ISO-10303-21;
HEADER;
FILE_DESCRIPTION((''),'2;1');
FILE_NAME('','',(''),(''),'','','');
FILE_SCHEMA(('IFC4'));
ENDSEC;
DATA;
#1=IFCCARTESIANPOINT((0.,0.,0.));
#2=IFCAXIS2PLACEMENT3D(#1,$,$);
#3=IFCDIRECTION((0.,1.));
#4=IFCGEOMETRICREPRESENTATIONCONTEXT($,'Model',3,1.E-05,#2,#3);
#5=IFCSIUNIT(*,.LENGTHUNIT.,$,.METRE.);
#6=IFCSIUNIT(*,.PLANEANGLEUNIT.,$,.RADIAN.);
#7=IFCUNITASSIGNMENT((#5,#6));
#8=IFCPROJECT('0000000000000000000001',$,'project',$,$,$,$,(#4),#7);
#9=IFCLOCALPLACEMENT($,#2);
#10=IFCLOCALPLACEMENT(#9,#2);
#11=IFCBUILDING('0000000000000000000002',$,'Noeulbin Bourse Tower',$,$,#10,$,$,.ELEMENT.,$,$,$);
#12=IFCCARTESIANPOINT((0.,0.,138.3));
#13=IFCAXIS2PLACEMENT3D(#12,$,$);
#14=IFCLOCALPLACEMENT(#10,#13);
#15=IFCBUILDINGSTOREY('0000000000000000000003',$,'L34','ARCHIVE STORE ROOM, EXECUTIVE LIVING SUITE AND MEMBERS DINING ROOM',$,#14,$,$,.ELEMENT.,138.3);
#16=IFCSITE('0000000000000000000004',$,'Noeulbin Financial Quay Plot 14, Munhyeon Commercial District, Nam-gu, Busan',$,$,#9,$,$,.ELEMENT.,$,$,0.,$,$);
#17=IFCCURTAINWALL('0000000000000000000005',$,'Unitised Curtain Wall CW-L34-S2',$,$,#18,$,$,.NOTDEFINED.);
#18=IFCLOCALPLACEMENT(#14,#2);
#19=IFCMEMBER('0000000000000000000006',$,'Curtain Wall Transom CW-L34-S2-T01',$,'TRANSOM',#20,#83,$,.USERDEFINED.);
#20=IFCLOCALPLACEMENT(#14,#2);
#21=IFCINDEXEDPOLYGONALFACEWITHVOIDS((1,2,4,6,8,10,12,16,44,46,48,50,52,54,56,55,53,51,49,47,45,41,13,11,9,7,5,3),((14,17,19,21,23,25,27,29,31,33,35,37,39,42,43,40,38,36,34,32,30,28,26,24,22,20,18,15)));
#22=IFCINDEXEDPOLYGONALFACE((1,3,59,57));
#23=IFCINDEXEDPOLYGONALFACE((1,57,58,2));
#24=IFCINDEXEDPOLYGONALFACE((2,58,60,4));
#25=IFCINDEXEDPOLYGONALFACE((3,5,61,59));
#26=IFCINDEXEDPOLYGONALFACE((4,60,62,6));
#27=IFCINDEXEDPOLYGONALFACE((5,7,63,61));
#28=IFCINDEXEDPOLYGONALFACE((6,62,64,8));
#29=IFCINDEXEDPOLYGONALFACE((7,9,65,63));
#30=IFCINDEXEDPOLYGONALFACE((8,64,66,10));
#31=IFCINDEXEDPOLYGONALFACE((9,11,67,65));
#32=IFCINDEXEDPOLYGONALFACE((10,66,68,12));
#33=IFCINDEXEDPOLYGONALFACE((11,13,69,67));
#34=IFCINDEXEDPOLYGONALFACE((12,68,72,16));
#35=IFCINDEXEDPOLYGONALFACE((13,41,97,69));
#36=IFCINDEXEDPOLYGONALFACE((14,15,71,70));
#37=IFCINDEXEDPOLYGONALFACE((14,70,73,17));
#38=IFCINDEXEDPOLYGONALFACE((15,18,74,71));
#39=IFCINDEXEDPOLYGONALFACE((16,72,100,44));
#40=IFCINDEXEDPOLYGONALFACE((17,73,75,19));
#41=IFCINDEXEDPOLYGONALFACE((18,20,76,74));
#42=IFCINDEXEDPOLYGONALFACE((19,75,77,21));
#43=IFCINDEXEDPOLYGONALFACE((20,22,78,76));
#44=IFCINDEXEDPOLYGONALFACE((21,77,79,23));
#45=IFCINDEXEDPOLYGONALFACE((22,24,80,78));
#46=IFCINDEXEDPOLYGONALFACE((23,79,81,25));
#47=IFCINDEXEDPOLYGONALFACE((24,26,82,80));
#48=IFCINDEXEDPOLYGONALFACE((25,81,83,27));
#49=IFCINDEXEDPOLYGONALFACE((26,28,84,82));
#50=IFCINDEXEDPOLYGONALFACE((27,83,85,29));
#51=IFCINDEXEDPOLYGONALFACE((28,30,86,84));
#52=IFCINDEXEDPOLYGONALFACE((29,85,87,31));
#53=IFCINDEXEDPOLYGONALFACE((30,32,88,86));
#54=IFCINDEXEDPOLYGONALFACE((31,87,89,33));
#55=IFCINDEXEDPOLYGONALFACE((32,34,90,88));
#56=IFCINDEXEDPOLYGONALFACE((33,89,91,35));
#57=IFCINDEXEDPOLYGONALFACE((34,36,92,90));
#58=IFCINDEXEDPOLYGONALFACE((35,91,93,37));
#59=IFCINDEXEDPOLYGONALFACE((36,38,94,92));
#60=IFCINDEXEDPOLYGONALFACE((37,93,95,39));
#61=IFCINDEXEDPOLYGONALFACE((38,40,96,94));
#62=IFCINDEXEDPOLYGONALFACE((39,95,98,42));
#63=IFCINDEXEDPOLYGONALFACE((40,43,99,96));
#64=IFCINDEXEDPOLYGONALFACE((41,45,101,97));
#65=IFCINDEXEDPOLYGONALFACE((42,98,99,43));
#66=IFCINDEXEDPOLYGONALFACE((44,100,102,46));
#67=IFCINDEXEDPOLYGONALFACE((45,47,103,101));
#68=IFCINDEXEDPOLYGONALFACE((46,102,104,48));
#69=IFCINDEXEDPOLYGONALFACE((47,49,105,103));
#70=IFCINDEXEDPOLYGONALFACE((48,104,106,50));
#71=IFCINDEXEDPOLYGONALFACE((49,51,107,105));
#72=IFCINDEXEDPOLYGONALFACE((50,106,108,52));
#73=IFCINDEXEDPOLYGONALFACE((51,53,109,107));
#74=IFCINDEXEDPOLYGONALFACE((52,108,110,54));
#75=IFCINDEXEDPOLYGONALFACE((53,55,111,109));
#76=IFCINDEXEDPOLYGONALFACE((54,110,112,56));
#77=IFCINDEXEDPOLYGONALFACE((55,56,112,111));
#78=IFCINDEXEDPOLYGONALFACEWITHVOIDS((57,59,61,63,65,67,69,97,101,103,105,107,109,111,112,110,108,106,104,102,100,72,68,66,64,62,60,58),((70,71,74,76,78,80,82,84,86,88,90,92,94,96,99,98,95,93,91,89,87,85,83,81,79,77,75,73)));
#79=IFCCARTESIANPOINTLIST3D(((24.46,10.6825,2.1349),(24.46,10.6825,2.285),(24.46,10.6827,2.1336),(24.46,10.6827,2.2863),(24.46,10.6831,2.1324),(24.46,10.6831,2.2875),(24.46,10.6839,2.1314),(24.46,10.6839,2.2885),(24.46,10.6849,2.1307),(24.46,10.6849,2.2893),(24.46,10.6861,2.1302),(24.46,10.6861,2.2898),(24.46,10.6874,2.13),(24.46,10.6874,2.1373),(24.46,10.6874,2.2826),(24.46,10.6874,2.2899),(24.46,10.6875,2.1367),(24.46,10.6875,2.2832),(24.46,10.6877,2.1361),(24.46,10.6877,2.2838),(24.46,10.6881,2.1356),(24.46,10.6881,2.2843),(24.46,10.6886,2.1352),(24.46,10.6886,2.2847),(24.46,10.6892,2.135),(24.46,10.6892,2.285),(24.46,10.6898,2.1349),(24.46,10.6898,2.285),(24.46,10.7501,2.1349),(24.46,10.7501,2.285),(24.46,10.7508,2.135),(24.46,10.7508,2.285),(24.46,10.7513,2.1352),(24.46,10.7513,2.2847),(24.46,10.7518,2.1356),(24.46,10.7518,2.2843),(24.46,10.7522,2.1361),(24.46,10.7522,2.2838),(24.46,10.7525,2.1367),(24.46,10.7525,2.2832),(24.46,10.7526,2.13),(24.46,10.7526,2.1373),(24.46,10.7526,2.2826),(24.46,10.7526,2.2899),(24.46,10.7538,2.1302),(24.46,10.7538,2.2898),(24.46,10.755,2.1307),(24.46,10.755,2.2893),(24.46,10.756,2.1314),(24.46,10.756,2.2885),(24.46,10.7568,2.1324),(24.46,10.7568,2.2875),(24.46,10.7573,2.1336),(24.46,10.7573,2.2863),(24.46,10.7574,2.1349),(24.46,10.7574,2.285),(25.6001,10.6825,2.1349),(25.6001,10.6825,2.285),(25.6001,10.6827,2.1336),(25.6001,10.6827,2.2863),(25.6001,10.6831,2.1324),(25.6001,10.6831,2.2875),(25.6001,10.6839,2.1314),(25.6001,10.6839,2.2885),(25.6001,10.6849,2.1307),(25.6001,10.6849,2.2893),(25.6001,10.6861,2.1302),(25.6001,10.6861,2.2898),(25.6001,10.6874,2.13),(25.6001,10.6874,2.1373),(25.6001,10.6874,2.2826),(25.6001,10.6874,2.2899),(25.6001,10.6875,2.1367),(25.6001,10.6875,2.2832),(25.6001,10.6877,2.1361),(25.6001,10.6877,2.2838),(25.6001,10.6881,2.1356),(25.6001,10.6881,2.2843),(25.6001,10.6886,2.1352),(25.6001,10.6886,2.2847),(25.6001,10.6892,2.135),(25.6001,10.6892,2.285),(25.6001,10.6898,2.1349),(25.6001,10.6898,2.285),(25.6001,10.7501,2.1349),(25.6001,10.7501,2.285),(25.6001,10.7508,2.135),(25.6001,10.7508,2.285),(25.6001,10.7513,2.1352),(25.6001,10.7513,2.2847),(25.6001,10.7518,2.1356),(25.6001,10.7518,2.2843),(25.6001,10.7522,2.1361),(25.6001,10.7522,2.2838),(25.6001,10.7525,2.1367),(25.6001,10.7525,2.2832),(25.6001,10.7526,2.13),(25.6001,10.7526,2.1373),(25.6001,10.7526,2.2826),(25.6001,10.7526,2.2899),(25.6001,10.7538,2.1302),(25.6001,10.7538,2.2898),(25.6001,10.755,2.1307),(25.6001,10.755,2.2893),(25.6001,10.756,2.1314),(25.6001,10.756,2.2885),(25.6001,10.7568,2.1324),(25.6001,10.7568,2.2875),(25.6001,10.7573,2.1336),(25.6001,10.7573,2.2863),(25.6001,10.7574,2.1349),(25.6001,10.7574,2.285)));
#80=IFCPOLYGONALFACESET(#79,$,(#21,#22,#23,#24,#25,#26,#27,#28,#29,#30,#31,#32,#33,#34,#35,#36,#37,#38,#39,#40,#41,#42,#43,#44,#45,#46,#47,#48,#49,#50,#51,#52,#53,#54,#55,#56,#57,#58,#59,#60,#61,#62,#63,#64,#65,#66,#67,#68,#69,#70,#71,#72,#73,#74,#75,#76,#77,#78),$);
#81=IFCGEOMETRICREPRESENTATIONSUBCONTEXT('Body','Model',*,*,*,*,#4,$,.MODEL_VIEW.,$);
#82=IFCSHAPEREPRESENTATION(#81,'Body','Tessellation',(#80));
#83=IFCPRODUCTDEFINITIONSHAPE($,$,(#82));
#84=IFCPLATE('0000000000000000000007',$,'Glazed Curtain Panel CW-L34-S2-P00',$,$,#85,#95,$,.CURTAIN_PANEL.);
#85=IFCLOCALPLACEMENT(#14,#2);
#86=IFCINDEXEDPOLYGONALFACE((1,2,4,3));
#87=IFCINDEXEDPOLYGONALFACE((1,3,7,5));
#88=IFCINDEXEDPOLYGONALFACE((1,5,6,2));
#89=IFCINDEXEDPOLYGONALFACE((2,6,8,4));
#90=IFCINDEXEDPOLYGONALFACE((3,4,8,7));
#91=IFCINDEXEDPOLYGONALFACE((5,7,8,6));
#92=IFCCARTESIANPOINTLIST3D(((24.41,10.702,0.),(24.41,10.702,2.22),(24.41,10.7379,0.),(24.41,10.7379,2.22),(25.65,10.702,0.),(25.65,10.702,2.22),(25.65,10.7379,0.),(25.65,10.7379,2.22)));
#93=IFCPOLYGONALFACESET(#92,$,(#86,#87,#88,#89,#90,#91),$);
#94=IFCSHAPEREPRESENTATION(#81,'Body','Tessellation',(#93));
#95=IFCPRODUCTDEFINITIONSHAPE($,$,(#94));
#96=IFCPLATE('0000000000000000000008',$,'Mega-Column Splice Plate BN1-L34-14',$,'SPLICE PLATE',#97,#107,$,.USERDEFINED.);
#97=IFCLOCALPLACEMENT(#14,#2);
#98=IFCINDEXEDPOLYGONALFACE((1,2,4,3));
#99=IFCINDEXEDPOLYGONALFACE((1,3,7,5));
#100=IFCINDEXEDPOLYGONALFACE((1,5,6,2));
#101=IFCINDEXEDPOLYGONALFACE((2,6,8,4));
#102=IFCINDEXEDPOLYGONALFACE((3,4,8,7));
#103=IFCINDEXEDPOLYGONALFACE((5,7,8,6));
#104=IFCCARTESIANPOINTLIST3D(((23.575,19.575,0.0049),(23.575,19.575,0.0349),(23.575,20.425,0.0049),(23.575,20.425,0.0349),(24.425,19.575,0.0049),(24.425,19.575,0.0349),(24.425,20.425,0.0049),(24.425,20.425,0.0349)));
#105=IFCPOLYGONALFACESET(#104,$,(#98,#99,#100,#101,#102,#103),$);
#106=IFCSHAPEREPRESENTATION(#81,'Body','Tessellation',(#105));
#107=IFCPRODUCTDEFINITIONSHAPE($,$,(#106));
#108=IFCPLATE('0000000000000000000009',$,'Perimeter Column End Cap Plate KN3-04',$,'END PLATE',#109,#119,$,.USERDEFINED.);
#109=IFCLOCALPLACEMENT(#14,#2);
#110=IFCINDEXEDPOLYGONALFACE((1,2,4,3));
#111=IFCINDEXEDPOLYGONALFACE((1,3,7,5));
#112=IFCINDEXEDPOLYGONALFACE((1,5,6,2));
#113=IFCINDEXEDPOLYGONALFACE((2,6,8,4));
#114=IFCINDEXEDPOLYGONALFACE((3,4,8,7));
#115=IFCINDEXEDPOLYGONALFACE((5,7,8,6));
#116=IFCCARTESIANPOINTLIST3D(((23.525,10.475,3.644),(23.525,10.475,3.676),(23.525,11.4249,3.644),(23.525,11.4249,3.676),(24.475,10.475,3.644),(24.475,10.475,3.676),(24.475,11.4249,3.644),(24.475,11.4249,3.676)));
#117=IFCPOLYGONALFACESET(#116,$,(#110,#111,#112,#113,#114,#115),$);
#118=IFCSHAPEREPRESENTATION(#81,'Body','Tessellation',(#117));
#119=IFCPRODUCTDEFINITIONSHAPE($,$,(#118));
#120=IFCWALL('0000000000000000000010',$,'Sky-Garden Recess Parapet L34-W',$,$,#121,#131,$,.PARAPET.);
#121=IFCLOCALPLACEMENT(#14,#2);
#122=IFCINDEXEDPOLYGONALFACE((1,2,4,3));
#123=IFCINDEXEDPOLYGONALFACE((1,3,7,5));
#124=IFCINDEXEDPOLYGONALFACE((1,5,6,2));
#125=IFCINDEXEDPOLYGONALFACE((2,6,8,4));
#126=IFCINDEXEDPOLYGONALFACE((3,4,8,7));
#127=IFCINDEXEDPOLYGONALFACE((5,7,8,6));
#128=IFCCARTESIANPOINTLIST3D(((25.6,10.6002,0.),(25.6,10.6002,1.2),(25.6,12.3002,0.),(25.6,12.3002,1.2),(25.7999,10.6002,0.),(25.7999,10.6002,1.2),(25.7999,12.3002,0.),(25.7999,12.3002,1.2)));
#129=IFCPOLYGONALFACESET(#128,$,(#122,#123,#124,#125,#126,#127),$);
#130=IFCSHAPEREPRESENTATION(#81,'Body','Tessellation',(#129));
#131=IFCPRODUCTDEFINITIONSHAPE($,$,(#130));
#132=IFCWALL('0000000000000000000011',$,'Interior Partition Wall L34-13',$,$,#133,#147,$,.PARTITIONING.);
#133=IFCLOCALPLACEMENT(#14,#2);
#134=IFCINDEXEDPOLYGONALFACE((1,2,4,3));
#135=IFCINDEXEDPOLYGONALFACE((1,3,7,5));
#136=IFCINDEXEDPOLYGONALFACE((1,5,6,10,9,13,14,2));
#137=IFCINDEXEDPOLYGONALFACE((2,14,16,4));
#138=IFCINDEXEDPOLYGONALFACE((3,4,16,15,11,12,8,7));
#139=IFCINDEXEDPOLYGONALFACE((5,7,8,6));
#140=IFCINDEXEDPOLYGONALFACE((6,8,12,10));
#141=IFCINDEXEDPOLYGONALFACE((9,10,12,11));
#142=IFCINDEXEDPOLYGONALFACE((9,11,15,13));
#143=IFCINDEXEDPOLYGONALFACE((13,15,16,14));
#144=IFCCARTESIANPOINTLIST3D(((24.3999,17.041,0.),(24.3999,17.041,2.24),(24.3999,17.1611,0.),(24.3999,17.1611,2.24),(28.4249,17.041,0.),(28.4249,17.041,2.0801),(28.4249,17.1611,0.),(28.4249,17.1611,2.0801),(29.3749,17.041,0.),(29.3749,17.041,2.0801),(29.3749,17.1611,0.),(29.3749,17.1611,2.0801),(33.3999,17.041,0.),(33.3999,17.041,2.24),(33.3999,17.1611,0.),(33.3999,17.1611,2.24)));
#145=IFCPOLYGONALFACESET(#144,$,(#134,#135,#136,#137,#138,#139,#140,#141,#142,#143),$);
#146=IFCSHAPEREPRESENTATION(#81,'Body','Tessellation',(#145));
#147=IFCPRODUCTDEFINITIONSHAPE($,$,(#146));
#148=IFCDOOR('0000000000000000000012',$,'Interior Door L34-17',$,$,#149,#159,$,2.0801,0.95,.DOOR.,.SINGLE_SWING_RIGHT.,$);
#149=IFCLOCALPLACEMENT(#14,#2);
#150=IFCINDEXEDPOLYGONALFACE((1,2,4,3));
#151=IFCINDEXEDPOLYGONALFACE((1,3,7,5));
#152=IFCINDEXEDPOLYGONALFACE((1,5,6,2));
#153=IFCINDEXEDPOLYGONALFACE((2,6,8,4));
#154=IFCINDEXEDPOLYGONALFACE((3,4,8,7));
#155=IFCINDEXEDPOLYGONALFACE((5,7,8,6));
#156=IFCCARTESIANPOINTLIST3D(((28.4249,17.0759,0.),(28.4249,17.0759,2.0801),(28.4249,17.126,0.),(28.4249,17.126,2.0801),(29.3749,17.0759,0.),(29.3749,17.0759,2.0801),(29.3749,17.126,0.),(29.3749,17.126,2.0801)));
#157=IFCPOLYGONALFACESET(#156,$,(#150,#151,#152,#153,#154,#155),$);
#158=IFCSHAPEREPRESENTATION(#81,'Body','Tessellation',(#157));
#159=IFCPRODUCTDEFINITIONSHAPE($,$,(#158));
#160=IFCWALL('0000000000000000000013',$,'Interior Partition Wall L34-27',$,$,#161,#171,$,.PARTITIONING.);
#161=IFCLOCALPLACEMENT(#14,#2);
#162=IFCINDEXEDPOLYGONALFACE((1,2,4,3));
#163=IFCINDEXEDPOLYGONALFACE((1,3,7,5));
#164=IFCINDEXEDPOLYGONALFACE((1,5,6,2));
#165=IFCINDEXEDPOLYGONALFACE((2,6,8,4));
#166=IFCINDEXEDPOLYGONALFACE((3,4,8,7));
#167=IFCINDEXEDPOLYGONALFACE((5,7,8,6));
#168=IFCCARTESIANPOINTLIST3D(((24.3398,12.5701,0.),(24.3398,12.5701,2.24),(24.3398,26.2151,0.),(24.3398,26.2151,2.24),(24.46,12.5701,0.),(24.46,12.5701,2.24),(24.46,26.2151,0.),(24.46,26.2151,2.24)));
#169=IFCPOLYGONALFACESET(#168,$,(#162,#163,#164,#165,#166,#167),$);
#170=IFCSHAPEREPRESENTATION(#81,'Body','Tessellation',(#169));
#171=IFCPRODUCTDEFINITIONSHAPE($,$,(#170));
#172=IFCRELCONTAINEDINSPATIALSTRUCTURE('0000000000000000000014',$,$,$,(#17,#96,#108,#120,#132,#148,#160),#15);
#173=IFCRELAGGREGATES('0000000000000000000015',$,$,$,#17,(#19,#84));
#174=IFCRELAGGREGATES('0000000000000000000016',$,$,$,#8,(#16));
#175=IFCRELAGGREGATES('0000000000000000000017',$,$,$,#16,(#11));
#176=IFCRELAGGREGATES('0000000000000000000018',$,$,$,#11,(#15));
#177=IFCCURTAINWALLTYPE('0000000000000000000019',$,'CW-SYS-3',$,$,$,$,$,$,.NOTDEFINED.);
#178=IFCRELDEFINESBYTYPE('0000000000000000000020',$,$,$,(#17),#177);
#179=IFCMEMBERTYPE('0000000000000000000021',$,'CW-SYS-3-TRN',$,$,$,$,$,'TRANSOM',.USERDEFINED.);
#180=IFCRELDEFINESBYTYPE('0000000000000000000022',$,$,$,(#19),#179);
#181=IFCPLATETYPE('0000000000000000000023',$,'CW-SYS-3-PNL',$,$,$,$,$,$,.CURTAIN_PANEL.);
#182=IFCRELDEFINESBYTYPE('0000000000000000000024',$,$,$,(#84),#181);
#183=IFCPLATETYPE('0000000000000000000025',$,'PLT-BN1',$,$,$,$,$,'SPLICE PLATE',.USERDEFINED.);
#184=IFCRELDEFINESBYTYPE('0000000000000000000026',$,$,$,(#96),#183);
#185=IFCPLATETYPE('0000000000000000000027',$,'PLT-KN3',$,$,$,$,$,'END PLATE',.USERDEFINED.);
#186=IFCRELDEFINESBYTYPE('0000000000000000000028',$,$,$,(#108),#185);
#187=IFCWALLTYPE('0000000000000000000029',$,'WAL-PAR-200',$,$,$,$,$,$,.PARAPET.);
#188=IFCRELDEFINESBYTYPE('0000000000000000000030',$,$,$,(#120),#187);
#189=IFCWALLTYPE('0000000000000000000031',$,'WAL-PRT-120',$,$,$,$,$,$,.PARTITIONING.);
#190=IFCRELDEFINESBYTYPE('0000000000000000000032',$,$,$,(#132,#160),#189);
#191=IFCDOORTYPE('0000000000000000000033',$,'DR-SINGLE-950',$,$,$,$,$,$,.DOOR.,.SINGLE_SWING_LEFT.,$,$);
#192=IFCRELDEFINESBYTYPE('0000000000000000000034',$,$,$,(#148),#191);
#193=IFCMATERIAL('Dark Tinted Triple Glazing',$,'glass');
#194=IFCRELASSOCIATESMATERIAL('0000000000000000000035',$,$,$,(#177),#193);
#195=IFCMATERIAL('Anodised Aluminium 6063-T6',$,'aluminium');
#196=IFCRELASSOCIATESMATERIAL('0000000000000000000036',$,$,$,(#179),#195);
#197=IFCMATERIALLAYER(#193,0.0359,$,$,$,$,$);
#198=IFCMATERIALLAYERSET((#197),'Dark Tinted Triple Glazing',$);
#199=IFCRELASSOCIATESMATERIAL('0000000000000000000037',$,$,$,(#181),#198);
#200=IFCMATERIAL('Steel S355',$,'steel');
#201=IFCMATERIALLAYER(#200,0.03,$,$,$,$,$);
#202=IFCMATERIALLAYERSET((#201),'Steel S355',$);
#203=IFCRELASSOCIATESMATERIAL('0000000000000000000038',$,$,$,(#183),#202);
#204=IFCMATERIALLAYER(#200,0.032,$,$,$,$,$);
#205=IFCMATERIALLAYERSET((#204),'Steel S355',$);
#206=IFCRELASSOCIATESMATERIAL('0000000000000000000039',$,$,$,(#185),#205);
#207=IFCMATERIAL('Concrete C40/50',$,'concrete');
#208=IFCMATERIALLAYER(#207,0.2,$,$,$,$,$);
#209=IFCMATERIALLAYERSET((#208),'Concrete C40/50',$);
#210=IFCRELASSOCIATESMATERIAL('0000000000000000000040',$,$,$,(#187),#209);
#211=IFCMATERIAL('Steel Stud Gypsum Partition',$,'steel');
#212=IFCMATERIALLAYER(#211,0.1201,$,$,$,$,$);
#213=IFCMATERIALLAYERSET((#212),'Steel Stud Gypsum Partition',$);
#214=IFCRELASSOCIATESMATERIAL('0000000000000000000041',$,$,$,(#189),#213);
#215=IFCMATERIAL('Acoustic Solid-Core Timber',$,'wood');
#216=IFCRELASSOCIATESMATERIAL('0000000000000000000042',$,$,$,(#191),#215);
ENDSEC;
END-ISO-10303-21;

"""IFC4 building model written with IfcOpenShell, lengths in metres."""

from ifc_helpers import new_model, si_unit, direction, frame, frame_2d, origin, origin_2d, place, context, subcontext, project, spatial, rectangle, hollow_rectangle, extrude, material, layer, layer_set, material_profile, profile_set, type_object, element, fill, aggregate, save


model = new_model("IFC4")

# Units and contexts
model_context = context("Model", 3, precision=1e-05, world=origin(), true_north=direction((0.0, 1.0)))
body_context = subcontext(model_context, "Body", "Model", "MODEL_VIEW")
ifc_project = project(units=[si_unit("LENGTHUNIT", "METRE"), si_unit("PLANEANGLEUNIT", "RADIAN")], contexts=[model_context])

# Site, building, storey
site_placement = place(None, origin())
site = spatial("IfcSite", under=ifc_project, at=site_placement, Name="Noeulbin Financial Quay Plot 14, Munhyeon Commercial District, Nam-gu, Busan", CompositionType="ELEMENT", RefElevation=0.0)
building_placement = place(site_placement, origin())
building = spatial("IfcBuilding", under=site, at=building_placement, Name="Noeulbin Bourse Tower", CompositionType="ELEMENT")
storey_placement = place(building_placement, frame((0.0, 0.0, 138.3)))
storey = spatial("IfcBuildingStorey", under=building, at=storey_placement, Name="L34", Description="ARCHIVE STORE ROOM, EXECUTIVE LIVING SUITE AND MEMBERS DINING ROOM", CompositionType="ELEMENT", Elevation=138.3)

# Shared definitions
ifc_material_1 = material(Name="Steel S355", Category="steel")

# Shared definitions
ifc_material_2 = material(Name="Dark Tinted Triple Glazing", Category="glass")
curtain_wall_type = type_object("IfcCurtainWallType", Name="CW-SYS-3", PredefinedType="NOTDEFINED", material=ifc_material_2)
ifc_material_3 = material(Name="Anodised Aluminium 6063-T6", Category="aluminium")

# Curtain wall
curtain_wall_1_placement = place(storey_placement, origin())
curtain_wall_1 = element("IfcCurtainWall", 1, at=curtain_wall_1_placement, inside=storey, type_object=curtain_wall_type, Name="Unitised Curtain Wall CW-L34-S2", PredefinedType="NOTDEFINED")

# Member
ifc_material_profile_1 = material_profile(ifc_material_3, hollow_rectangle(XDim=0.075, YDim=0.1599, WallThickness=0.0049, InnerFilletRadius=0.0024, OuterFilletRadius=0.0049, at=origin_2d()), Name="ALU-TRAN-75x160x5", Category="LoadBearing")
ifc_profile_set_1 = profile_set([ifc_material_profile_1], Name="Anodised Aluminium 6063-T6")
member_type_1 = type_object("IfcMemberType", Name="CW-SYS-3-TRN", ElementType="TRANSOM", PredefinedType="USERDEFINED", material=ifc_profile_set_1)
member_1_placement = place(storey_placement, frame((24.46, 10.72, 2.21), z_axis=(1.0, 0.0, 0.0), x_axis=(0.0, 1.0, 0.0)))
member_1 = element("IfcMember", 2, at=member_1_placement, type_object=member_type_1, Name="Curtain Wall Transom CW-L34-S2-T01", ObjectType="TRANSOM", PredefinedType="USERDEFINED", context=body_context, shape_type="SweptSolid", body=[
    extrude(hollow_rectangle(XDim=0.075, YDim=0.1599, WallThickness=0.0049, InnerFilletRadius=0.0024, OuterFilletRadius=0.0049, at=origin_2d()), origin(), (0.0, 0.0, 1.0), 1.1401),
])

# Plate
ifc_layer_1 = layer(ifc_material_2, 0.0359)
ifc_layer_set_1 = layer_set([ifc_layer_1], Name="Dark Tinted Triple Glazing")
plate_type_1 = type_object("IfcPlateType", Name="CW-SYS-3-PNL", PredefinedType="CURTAIN_PANEL", material=ifc_layer_set_1)
plate_1_placement = place(storey_placement, frame((25.03, 10.72, 0.0), z_axis=(0.0, 0.0, 1.0), x_axis=(1.0, 0.0, 0.0)))
plate_1 = element("IfcPlate", 3, at=plate_1_placement, type_object=plate_type_1, Name="Glazed Curtain Panel CW-L34-S2-P00", PredefinedType="CURTAIN_PANEL", context=body_context, shape_type="SweptSolid", body=[
    extrude(rectangle(XDim=1.24, YDim=0.0359, at=origin_2d()), origin(), (0.0, 0.0, 1.0), 2.22),
])
aggregate(curtain_wall_1, [member_1, plate_1])

# Plates
ifc_layer_2 = layer(ifc_material_1, 0.03)
ifc_layer_set_2 = layer_set([ifc_layer_2], Name="Steel S355")
plate_type_2 = type_object("IfcPlateType", Name="PLT-BN1", ElementType="SPLICE PLATE", PredefinedType="USERDEFINED", material=ifc_layer_set_2)
plate_2_placement = place(storey_placement, frame((24.0, 20.0, 0.0049), z_axis=(0.0, 0.0, 1.0), x_axis=(1.0, 0.0, 0.0)))
element("IfcPlate", 4, at=plate_2_placement, inside=storey, type_object=plate_type_2, Name="Mega-Column Splice Plate BN1-L34-14", ObjectType="SPLICE PLATE", PredefinedType="USERDEFINED", context=body_context, shape_type="SweptSolid", body=[
    extrude(rectangle(XDim=0.8501, YDim=0.8501, at=origin_2d()), origin(), (0.0, 0.0, 1.0), 0.03),
])
ifc_layer_3 = layer(ifc_material_1, 0.032)
ifc_layer_set_3 = layer_set([ifc_layer_3], Name="Steel S355")
plate_type_3 = type_object("IfcPlateType", Name="PLT-KN3", ElementType="END PLATE", PredefinedType="USERDEFINED", material=ifc_layer_set_3)
plate_3_placement = place(storey_placement, frame((24.0, 10.95, 3.644), z_axis=(0.0, 0.0, 1.0), x_axis=(1.0, 0.0, 0.0)))
element("IfcPlate", 5, at=plate_3_placement, inside=storey, type_object=plate_type_3, Name="Perimeter Column End Cap Plate KN3-04", ObjectType="END PLATE", PredefinedType="USERDEFINED", context=body_context, shape_type="SweptSolid", body=[
    extrude(rectangle(XDim=0.95, YDim=0.95, at=origin_2d()), origin(), (0.0, 0.0, 1.0), 0.032),
])

# Wall
ifc_material_4 = material(Name="Concrete C40/50", Category="concrete")
ifc_layer_4 = layer(ifc_material_4, 0.2)
ifc_layer_set_4 = layer_set([ifc_layer_4], Name="Concrete C40/50")
wall_type_1 = type_object("IfcWallType", Name="WAL-PAR-200", PredefinedType="PARAPET", material=ifc_layer_set_4)
wall_1_placement = place(storey_placement, frame((25.7, 10.6001, 0.0), z_axis=(0.0, 0.0, 1.0), x_axis=(0.0, 1.0, 0.0)))
element("IfcWall", 6, at=wall_1_placement, inside=storey, type_object=wall_type_1, Name="Sky-Garden Recess Parapet L34-W", PredefinedType="PARAPET", context=body_context, shape_type="SweptSolid", body=[
    extrude(rectangle(XDim=1.7, YDim=0.2, at=frame_2d((0.8501, 0.0))), origin(), (0.0, 0.0, 1.0), 1.2),
])

# Wall, opening, door
ifc_material_5 = material(Name="Steel Stud Gypsum Partition", Category="steel")
ifc_layer_5 = layer(ifc_material_5, 0.1201)
ifc_layer_set_5 = layer_set([ifc_layer_5], Name="Steel Stud Gypsum Partition")
wall_type_2 = type_object("IfcWallType", Name="WAL-PRT-120", PredefinedType="PARTITIONING", material=ifc_layer_set_5)
wall_2_placement = place(storey_placement, frame((24.3999, 17.1011, 0.0), z_axis=(0.0, 0.0, 1.0), x_axis=(1.0, 0.0, 0.0)))
wall_2 = element("IfcWall", 7, at=wall_2_placement, inside=storey, type_object=wall_type_2, Name="Interior Partition Wall L34-13", PredefinedType="PARTITIONING", context=body_context, shape_type="SweptSolid", body=[
    extrude(rectangle(XDim=9.0, YDim=0.1201, at=frame_2d((4.5, 0.0))), origin(), (0.0, 0.0, 1.0), 2.24),
])
opening_placement = place(wall_2_placement, frame((4.0249, 0.0, 0.0)))
opening = element("IfcOpeningElement", 8, at=opening_placement, cuts=wall_2, PredefinedType="OPENING", context=body_context, shape_type="SweptSolid", body=[
    extrude(rectangle(XDim=0.95, YDim=2.0801, at=frame_2d((0.4751, 1.04))), frame((0.0, 0.0701, 0.0), z_axis=(0.0, -1.0, 0.0), x_axis=(1.0, 0.0, 0.0)), (0.0, 0.0, 1.0), 0.1401),
])
ifc_material_6 = material(Name="Acoustic Solid-Core Timber", Category="wood")
door_type = type_object("IfcDoorType", Name="DR-SINGLE-950", OperationType="SINGLE_SWING_LEFT", PredefinedType="DOOR", material=ifc_material_6)
door_placement = place(opening_placement, origin())
door = element("IfcDoor", 9, at=door_placement, inside=storey, type_object=door_type, Name="Interior Door L34-17", OperationType="SINGLE_SWING_RIGHT", OverallHeight=2.0801, OverallWidth=0.95, PredefinedType="DOOR", context=body_context, shape_type="SweptSolid", body=[
    extrude(rectangle(XDim=0.95, YDim=2.0801, at=frame_2d((0.4751, 1.04))), frame((0.0, 0.0249, 0.0), z_axis=(0.0, -1.0, 0.0), x_axis=(1.0, 0.0, 0.0)), (0.0, 0.0, 1.0), 0.05),
])
fill(opening, door)

# Wall
wall_3_placement = place(storey_placement, frame((24.3999, 12.5701, 0.0), z_axis=(0.0, 0.0, 1.0), x_axis=(0.0, 1.0, 0.0)))
element("IfcWall", 10, at=wall_3_placement, inside=storey, type_object=wall_type_2, Name="Interior Partition Wall L34-27", PredefinedType="PARTITIONING", context=body_context, shape_type="SweptSolid", body=[
    extrude(rectangle(XDim=13.645, YDim=0.1201, at=frame_2d((6.8225, 0.0))), origin(), (0.0, 0.0, 1.0), 2.24),
])

save(model, "model.ifc")
